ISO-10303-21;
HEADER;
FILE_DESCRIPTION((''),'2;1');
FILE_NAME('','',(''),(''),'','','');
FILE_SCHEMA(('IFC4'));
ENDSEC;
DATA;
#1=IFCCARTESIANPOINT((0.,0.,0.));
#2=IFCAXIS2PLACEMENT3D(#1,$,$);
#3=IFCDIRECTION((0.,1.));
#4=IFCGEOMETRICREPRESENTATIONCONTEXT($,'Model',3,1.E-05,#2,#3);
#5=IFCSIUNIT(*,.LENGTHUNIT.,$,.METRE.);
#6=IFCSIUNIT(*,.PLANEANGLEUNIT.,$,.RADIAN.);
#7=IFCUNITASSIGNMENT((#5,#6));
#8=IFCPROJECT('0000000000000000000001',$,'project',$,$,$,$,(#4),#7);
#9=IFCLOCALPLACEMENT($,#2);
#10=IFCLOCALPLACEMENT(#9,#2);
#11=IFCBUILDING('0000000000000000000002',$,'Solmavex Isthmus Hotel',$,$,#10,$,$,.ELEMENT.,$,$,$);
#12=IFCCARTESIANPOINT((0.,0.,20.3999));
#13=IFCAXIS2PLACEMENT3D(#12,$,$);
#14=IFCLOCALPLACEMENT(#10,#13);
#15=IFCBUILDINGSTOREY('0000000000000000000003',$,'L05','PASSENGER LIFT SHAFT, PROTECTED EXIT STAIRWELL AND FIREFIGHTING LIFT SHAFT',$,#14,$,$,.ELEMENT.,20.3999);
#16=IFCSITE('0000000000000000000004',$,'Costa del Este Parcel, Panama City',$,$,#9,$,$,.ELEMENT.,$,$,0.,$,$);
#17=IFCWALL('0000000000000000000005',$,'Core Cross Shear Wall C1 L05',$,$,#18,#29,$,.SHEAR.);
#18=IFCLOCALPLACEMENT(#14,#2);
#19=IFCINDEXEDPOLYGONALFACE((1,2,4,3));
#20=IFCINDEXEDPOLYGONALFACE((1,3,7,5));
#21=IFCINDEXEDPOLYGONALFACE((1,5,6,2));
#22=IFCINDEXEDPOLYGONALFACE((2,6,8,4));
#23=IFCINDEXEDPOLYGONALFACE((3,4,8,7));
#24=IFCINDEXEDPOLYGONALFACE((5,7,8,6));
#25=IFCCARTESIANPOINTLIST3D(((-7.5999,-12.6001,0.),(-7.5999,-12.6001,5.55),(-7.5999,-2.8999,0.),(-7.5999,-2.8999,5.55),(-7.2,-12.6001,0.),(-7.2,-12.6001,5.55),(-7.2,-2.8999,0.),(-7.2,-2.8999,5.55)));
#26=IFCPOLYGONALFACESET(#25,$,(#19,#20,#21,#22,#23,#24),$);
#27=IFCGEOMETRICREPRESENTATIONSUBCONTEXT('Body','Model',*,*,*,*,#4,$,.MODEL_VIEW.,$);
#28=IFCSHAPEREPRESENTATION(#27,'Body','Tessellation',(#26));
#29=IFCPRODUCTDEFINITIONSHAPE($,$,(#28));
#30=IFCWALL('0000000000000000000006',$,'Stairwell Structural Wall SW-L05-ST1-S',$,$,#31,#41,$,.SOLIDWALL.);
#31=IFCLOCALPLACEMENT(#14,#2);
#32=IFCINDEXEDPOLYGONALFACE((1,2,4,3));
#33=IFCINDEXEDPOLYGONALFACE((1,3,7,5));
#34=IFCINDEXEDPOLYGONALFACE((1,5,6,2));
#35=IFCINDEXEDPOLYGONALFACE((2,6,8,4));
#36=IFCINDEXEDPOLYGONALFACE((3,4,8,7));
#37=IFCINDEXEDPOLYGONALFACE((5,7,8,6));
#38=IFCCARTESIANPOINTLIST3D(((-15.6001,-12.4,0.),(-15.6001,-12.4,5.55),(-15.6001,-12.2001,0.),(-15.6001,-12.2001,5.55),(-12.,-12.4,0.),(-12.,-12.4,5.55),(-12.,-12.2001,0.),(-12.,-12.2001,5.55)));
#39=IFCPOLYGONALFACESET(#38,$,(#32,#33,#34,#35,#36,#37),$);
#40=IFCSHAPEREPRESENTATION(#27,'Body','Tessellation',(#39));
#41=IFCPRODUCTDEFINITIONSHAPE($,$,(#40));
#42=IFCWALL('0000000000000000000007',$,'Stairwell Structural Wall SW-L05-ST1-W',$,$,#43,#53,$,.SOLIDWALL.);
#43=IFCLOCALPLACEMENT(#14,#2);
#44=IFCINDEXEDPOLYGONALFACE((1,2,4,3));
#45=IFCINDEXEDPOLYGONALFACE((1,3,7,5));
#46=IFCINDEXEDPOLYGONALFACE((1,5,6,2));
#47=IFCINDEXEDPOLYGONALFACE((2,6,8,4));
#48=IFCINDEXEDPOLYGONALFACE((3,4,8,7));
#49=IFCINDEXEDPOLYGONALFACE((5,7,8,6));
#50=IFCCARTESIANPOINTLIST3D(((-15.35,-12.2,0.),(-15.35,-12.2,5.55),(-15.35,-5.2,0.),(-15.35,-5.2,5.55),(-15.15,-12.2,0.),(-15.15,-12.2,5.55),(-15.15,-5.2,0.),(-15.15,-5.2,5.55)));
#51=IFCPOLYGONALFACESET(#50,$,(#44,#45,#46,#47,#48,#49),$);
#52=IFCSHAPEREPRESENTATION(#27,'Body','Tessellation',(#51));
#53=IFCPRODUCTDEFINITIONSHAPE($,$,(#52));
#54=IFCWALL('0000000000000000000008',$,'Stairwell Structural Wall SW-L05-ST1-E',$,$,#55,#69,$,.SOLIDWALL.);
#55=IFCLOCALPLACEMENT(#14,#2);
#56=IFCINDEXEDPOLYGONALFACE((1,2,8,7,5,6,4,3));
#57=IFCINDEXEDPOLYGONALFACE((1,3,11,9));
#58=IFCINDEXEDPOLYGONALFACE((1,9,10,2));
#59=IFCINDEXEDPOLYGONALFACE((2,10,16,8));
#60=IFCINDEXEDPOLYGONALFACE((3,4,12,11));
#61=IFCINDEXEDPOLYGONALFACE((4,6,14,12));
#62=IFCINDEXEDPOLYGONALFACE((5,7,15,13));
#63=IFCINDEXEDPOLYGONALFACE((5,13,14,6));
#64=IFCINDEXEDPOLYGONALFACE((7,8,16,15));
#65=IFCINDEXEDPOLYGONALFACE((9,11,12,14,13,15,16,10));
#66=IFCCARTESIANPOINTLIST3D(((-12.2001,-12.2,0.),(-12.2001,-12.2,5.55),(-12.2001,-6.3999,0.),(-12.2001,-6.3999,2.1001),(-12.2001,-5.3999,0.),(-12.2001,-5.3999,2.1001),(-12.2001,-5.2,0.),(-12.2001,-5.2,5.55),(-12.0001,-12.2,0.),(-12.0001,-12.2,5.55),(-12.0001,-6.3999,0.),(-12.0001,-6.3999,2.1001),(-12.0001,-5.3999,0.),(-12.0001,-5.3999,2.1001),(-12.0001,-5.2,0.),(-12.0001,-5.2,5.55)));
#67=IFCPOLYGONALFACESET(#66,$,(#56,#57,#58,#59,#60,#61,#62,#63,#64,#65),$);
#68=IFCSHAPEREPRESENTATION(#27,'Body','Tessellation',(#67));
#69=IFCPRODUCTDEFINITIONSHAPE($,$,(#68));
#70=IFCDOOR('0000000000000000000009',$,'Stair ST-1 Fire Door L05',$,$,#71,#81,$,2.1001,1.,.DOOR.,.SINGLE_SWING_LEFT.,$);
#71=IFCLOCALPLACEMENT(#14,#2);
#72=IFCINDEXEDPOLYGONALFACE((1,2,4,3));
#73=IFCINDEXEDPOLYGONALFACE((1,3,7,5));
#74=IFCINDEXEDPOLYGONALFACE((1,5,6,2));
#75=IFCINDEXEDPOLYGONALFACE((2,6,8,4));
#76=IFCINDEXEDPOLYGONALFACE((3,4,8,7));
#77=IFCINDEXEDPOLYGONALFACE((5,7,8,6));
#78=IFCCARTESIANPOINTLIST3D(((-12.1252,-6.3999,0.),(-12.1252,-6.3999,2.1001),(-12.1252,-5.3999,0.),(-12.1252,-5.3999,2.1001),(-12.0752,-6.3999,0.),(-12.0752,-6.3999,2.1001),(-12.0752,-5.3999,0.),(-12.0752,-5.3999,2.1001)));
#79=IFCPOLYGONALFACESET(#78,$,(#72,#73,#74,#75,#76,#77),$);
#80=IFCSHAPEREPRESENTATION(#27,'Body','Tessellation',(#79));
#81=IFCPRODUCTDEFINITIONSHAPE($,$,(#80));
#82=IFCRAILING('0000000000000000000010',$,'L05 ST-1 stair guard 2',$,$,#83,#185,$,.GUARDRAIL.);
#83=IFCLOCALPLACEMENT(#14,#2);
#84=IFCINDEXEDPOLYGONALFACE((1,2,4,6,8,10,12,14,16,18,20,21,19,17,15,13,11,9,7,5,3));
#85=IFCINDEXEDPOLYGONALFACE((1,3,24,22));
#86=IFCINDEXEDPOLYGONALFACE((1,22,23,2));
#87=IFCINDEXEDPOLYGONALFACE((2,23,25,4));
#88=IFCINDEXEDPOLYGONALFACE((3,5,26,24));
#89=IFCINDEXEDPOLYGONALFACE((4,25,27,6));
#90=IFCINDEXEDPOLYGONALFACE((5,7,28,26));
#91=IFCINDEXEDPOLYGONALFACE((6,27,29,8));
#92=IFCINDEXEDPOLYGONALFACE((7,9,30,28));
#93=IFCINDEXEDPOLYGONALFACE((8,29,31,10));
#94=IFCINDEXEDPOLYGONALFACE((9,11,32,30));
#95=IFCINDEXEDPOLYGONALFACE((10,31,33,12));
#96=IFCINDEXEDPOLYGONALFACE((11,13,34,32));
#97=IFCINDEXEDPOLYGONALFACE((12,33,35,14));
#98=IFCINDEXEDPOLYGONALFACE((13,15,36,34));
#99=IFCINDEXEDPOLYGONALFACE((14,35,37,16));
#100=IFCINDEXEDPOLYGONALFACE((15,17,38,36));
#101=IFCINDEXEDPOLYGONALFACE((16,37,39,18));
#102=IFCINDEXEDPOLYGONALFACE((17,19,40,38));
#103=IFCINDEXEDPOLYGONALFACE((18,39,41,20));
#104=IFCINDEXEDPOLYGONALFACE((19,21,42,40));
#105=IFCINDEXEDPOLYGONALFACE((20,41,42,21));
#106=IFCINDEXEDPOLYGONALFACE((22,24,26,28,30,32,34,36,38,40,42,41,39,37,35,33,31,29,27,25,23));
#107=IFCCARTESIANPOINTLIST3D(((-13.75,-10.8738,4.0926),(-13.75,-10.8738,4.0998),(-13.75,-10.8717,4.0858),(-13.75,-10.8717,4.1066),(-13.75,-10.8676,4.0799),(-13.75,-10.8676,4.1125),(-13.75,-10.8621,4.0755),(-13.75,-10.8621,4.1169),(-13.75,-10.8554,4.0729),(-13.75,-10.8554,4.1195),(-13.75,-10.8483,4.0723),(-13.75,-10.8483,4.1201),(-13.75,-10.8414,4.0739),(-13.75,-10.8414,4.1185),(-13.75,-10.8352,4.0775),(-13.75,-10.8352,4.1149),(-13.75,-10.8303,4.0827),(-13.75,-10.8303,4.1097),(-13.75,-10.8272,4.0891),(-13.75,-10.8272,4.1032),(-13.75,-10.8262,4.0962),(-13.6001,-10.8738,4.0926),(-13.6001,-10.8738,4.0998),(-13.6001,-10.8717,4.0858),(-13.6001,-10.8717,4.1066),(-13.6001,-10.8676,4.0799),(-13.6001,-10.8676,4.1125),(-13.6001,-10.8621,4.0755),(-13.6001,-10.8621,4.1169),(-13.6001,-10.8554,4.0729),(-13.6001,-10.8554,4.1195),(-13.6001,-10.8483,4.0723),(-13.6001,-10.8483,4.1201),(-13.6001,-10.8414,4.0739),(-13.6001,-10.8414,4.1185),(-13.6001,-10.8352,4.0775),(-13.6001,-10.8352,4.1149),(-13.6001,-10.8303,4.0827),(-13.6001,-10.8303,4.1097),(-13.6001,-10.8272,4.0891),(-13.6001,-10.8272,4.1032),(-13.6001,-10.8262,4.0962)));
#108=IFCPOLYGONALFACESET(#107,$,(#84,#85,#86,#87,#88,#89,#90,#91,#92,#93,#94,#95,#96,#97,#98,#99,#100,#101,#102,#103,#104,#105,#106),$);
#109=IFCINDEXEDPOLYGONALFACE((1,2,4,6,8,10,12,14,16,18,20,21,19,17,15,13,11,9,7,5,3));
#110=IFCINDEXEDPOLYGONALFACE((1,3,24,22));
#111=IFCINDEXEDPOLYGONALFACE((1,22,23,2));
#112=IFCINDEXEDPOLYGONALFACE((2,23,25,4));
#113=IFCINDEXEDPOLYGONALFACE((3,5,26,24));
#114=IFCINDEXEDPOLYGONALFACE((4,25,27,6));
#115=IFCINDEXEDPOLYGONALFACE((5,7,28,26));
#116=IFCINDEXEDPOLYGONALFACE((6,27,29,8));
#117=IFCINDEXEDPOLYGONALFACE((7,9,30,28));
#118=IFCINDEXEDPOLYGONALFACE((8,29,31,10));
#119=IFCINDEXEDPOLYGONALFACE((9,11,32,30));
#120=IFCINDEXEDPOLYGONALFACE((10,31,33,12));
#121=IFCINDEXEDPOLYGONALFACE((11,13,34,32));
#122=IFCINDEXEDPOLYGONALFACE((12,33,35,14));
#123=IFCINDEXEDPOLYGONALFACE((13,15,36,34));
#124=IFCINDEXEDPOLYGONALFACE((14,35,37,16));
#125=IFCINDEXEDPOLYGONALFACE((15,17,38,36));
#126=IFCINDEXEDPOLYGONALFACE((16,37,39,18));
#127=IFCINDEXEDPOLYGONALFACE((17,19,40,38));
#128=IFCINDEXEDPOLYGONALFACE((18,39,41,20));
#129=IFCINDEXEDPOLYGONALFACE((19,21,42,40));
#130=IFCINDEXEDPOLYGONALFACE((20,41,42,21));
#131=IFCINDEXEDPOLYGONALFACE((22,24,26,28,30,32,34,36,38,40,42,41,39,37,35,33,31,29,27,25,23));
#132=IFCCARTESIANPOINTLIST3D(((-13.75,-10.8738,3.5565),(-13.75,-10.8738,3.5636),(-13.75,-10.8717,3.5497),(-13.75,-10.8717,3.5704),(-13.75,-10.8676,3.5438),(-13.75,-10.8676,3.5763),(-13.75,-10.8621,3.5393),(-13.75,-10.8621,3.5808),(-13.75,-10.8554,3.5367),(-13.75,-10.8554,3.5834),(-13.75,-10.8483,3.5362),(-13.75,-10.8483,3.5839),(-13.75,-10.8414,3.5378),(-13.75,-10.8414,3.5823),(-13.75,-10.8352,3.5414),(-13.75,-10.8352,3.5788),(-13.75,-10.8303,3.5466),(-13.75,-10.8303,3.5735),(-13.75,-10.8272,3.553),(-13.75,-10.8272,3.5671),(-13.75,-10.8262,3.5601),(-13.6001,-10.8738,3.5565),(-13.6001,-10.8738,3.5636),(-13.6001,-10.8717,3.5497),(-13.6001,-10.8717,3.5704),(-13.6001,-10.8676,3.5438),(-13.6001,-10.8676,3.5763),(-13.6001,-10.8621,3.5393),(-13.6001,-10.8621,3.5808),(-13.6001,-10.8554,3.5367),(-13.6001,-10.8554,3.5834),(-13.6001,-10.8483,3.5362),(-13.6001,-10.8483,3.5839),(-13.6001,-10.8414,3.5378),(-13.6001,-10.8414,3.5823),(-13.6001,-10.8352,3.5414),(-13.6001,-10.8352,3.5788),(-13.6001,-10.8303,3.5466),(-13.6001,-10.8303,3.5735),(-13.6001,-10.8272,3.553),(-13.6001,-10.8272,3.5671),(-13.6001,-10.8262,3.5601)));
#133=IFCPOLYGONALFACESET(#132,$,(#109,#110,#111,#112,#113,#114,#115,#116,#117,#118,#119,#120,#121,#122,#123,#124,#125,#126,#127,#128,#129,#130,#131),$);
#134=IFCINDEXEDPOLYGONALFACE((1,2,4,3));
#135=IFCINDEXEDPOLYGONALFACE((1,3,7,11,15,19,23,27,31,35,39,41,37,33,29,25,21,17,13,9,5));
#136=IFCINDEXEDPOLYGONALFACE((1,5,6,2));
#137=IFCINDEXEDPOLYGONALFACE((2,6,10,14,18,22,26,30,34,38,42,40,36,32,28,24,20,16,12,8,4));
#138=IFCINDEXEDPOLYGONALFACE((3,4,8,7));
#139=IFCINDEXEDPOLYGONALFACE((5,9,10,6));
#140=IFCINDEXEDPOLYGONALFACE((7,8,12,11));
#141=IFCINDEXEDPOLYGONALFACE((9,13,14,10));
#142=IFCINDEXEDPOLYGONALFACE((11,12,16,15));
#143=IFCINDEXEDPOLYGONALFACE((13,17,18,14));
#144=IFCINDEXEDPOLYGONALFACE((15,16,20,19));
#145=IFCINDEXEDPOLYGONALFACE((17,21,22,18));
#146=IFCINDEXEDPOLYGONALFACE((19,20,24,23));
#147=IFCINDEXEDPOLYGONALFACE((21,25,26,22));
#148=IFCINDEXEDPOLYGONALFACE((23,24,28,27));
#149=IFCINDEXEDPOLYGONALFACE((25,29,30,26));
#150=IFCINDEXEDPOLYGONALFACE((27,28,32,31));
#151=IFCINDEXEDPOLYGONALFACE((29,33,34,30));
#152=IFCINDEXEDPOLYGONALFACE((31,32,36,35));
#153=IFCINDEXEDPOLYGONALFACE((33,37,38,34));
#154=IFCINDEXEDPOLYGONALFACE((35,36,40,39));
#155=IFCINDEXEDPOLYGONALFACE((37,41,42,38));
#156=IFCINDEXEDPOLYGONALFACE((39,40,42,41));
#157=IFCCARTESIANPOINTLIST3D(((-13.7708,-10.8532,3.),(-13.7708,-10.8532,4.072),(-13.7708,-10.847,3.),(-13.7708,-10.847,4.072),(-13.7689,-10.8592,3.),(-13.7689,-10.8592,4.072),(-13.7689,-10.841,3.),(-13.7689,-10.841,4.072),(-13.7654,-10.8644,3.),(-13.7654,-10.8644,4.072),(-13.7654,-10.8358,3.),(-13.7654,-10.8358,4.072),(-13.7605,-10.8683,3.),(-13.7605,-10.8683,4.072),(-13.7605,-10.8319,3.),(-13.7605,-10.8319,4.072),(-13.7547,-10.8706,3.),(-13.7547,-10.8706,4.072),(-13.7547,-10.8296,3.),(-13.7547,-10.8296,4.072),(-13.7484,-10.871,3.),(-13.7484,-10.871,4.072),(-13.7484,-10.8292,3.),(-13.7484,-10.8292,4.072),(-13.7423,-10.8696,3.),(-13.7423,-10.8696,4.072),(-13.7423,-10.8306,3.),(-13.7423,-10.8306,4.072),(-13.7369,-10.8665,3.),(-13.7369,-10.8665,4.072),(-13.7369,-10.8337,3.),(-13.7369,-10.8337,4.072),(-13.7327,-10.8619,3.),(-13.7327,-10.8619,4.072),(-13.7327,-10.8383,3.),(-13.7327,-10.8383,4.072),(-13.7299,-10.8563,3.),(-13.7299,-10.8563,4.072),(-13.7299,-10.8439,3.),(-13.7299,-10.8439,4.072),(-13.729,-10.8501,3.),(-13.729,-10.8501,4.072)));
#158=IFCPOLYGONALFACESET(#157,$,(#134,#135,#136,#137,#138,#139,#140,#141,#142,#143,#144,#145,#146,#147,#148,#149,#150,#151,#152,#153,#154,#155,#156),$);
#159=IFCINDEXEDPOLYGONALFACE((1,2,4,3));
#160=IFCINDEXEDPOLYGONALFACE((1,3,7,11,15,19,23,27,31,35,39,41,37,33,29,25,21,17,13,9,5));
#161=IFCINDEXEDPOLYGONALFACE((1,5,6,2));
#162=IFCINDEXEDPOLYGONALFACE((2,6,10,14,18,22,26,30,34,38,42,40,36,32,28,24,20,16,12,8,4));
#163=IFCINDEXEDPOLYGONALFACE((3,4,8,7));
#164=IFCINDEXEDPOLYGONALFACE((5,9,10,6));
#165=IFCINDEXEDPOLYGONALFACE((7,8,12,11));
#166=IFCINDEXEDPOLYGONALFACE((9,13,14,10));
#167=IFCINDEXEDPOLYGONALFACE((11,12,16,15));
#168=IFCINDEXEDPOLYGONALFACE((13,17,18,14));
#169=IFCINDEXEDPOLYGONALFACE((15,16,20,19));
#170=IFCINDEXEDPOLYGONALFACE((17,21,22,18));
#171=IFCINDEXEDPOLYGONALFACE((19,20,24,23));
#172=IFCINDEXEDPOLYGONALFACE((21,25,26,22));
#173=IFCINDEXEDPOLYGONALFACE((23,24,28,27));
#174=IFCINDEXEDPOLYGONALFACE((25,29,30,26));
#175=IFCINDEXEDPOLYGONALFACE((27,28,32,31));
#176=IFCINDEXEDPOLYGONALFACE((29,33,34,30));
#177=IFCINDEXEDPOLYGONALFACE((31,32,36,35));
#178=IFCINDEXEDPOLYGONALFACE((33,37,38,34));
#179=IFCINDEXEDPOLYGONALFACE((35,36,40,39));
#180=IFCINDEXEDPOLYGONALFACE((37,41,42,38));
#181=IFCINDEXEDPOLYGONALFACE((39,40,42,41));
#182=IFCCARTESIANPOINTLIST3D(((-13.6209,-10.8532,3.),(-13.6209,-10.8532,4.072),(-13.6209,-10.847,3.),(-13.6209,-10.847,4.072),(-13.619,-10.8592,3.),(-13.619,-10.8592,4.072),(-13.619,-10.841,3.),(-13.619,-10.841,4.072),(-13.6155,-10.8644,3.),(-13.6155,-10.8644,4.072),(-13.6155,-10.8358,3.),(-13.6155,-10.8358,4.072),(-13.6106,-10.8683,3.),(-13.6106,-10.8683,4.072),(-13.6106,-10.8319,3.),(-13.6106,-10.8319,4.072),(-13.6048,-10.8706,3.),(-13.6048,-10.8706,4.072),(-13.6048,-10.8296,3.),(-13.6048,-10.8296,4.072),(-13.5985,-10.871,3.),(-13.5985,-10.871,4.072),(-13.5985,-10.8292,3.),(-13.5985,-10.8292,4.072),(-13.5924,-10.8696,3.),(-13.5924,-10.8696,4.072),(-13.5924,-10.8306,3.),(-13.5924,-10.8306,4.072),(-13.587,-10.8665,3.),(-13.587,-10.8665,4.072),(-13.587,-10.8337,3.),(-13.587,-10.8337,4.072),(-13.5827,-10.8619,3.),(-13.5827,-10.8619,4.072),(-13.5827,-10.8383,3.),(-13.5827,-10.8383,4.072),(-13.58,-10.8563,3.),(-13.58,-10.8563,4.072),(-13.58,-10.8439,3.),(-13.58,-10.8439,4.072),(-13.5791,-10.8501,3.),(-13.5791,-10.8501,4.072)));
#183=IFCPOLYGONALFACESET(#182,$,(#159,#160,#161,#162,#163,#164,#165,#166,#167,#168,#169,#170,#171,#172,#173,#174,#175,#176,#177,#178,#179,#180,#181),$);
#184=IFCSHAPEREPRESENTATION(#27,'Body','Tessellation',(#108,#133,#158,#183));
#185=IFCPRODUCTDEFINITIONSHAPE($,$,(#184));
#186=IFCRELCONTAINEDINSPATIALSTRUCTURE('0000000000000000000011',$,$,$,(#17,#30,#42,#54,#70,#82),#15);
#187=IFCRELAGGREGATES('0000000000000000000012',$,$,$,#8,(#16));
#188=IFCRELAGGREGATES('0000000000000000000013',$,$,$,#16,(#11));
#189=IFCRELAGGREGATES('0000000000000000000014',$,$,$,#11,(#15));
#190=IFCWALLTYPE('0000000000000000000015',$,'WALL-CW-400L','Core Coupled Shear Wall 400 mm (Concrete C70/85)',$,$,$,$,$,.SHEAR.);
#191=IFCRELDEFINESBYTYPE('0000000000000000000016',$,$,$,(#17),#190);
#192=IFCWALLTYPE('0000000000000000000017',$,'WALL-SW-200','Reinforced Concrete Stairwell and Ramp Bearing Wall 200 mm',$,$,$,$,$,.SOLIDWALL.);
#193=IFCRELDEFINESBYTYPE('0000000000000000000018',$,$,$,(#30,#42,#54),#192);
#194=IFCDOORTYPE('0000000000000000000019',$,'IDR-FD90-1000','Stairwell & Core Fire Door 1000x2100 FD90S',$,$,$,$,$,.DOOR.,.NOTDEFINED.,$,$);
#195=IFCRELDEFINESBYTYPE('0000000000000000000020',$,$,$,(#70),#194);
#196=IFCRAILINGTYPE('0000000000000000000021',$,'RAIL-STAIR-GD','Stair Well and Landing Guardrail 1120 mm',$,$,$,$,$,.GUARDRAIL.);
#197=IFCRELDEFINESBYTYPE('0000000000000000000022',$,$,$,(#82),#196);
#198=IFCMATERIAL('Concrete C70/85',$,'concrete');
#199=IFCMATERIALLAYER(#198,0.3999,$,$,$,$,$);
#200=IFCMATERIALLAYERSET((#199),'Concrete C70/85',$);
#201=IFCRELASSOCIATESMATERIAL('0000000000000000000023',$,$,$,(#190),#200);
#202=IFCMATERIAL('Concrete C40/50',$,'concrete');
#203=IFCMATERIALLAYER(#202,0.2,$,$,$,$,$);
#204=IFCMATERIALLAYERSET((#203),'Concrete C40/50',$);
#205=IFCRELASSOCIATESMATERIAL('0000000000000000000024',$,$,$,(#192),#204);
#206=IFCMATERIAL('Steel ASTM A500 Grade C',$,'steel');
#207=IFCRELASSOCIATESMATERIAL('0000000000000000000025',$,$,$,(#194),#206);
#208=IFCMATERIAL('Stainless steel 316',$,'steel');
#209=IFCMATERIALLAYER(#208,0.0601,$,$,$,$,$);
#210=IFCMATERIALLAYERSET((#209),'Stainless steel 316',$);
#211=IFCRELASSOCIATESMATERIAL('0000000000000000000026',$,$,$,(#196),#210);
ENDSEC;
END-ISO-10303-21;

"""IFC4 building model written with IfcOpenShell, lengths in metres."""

from ifc_helpers import new_model, si_unit, direction, frame, frame_2d, origin, origin_2d, place, context, subcontext, project, spatial, rectangle, circle, extrude, material, layer, layer_set, type_object, element, fill, save


model = new_model("IFC4")

# Units and contexts
model_context = context("Model", 3, precision=1e-05, world=origin(), true_north=direction((0.0, 1.0)))
body_context = subcontext(model_context, "Body", "Model", "MODEL_VIEW")
ifc_project = project(units=[si_unit("LENGTHUNIT", "METRE"), si_unit("PLANEANGLEUNIT", "RADIAN")], contexts=[model_context])

# Site, building, storey
site_placement = place(None, origin())
site = spatial("IfcSite", under=ifc_project, at=site_placement, Name="Costa del Este Parcel, Panama City", CompositionType="ELEMENT", RefElevation=0.0)
building_placement = place(site_placement, origin())
building = spatial("IfcBuilding", under=site, at=building_placement, Name="Solmavex Isthmus Hotel", CompositionType="ELEMENT")
storey_placement = place(building_placement, frame((0.0, 0.0, 20.3999)))
storey = spatial("IfcBuildingStorey", under=building, at=storey_placement, Name="L05", Description="PASSENGER LIFT SHAFT, PROTECTED EXIT STAIRWELL AND FIREFIGHTING LIFT SHAFT", CompositionType="ELEMENT", Elevation=20.3999)

# Shared definitions
ifc_material_1 = material(Name="Concrete C70/85", Category="concrete")

# Walls
ifc_material_2 = material(Name="Concrete C40/50", Category="concrete")
ifc_layer_1 = layer(ifc_material_1, 0.3999)
ifc_layer_set_1 = layer_set([ifc_layer_1], Name="Concrete C70/85")
wall_type_1 = type_object("IfcWallType", Name="WALL-CW-400L", Description="Core Coupled Shear Wall 400 mm (Concrete C70/85)", PredefinedType="SHEAR", material=ifc_layer_set_1)
wall_1_placement = place(storey_placement, frame((-7.3999, -12.6001, 0.0), z_axis=(0.0, 0.0, 1.0), x_axis=(0.0, 1.0, 0.0)))
element("IfcWall", 1, at=wall_1_placement, inside=storey, type_object=wall_type_1, Name="Core Cross Shear Wall C1 L05", PredefinedType="SHEAR", context=body_context, shape_type="SweptSolid", body=[
    extrude(rectangle(XDim=9.7002, YDim=0.3999, at=frame_2d((4.8501, 0.0))), origin(), (0.0, 0.0, 1.0), 5.55),
])
ifc_layer_2 = layer(ifc_material_2, 0.2)
ifc_layer_set_2 = layer_set([ifc_layer_2], Name="Concrete C40/50")
wall_type_2 = type_object("IfcWallType", Name="WALL-SW-200", Description="Reinforced Concrete Stairwell and Ramp Bearing Wall 200 mm", PredefinedType="SOLIDWALL", material=ifc_layer_set_2)
wall_2_placement = place(storey_placement, frame((-15.6001, -12.3, 0.0), z_axis=(0.0, 0.0, 1.0), x_axis=(1.0, 0.0, 0.0)))
element("IfcWall", 2, at=wall_2_placement, inside=storey, type_object=wall_type_2, Name="Stairwell Structural Wall SW-L05-ST1-S", PredefinedType="SOLIDWALL", context=body_context, shape_type="SweptSolid", body=[
    extrude(rectangle(XDim=3.6001, YDim=0.2, at=frame_2d((1.8, 0.0))), origin(), (0.0, 0.0, 1.0), 5.55),
])
wall_3_placement = place(storey_placement, frame((-15.25, -12.2, 0.0), z_axis=(0.0, 0.0, 1.0), x_axis=(0.0, 1.0, 0.0)))
element("IfcWall", 3, at=wall_3_placement, inside=storey, type_object=wall_type_2, Name="Stairwell Structural Wall SW-L05-ST1-W", PredefinedType="SOLIDWALL", context=body_context, shape_type="SweptSolid", body=[
    extrude(rectangle(XDim=7.0, YDim=0.2, at=frame_2d((3.5, 0.0))), origin(), (0.0, 0.0, 1.0), 5.55),
])

# Wall, opening, door
wall_4_placement = place(storey_placement, frame((-12.1001, -12.2, 0.0), z_axis=(0.0, 0.0, 1.0), x_axis=(0.0, 1.0, 0.0)))
wall_4 = element("IfcWall", 4, at=wall_4_placement, inside=storey, type_object=wall_type_2, Name="Stairwell Structural Wall SW-L05-ST1-E", PredefinedType="SOLIDWALL", context=body_context, shape_type="SweptSolid", body=[
    extrude(rectangle(XDim=7.0, YDim=0.2, at=frame_2d((3.5, 0.0))), origin(), (0.0, 0.0, 1.0), 5.55),
])
opening_placement = place(wall_4_placement, frame((5.8, 0.0, 0.0)))
opening = element("IfcOpeningElement", 5, at=opening_placement, cuts=wall_4, PredefinedType="OPENING", context=body_context, shape_type="SweptSolid", body=[
    extrude(rectangle(XDim=1.0, YDim=2.1001, at=frame_2d((0.5, 1.05))), frame((0.0, 0.1099, 0.0), z_axis=(0.0, -1.0, 0.0), x_axis=(1.0, 0.0, 0.0)), (0.0, 0.0, 1.0), 0.22),
])
ifc_material_3 = material(Name="Steel ASTM A500 Grade C", Category="steel")
door_type = type_object("IfcDoorType", Name="IDR-FD90-1000", Description="Stairwell & Core Fire Door 1000x2100 FD90S", OperationType="NOTDEFINED", PredefinedType="DOOR", material=ifc_material_3)
door_placement = place(opening_placement, frame((1.0, 0.0, 0.0), z_axis=(0.0, 0.0, 1.0), x_axis=(-1.0, 0.0, 0.0)))
door = element("IfcDoor", 6, at=door_placement, inside=storey, type_object=door_type, Name="Stair ST-1 Fire Door L05", OperationType="SINGLE_SWING_LEFT", OverallHeight=2.1001, OverallWidth=1.0, PredefinedType="DOOR", context=body_context, shape_type="SweptSolid", body=[
    extrude(rectangle(XDim=1.0, YDim=2.1001, at=frame_2d((0.5, 1.05))), frame((0.0, 0.0249, 0.0), z_axis=(0.0, -1.0, 0.0), x_axis=(1.0, 0.0, 0.0)), (0.0, 0.0, 1.0), 0.05),
])
fill(opening, door)

# Railing
ifc_material_4 = material(Name="Stainless steel 316", Category="steel")
ifc_layer_3 = layer(ifc_material_4, 0.0601)
ifc_layer_set_3 = layer_set([ifc_layer_3], Name="Stainless steel 316")
railing_type = type_object("IfcRailingType", Name="RAIL-STAIR-GD", Description="Stair Well and Landing Guardrail 1120 mm", PredefinedType="GUARDRAIL", material=ifc_layer_set_3)
railing_1_placement = place(storey_placement, frame((-13.75, -10.8501, 3.0)))
element("IfcRailing", 7, at=railing_1_placement, inside=storey, type_object=railing_type, Name="L05 ST-1 stair guard 2", PredefinedType="GUARDRAIL", context=body_context, shape_type="SweptSolid", body=[
    extrude(circle(Radius=0.0239, at=origin_2d()), frame((0.0, 0.0, 1.0962), z_axis=(1.0, 0.0, 0.0), x_axis=(0.0, 1.0, 0.0)), (0.0, 0.0, 1.0), 0.1499),
    extrude(circle(Radius=0.0239, at=origin_2d()), frame((0.0, 0.0, 0.5601), z_axis=(1.0, 0.0, 0.0), x_axis=(0.0, 1.0, 0.0)), (0.0, 0.0, 1.0), 0.1499),
    extrude(circle(Radius=0.021, at=origin_2d()), origin(), (0.0, 0.0, 1.0), 1.072),
    extrude(circle(Radius=0.021, at=origin_2d()), frame((0.1499, 0.0, 0.0)), (0.0, 0.0, 1.0), 1.072),
])

save(model, "model.ifc")
